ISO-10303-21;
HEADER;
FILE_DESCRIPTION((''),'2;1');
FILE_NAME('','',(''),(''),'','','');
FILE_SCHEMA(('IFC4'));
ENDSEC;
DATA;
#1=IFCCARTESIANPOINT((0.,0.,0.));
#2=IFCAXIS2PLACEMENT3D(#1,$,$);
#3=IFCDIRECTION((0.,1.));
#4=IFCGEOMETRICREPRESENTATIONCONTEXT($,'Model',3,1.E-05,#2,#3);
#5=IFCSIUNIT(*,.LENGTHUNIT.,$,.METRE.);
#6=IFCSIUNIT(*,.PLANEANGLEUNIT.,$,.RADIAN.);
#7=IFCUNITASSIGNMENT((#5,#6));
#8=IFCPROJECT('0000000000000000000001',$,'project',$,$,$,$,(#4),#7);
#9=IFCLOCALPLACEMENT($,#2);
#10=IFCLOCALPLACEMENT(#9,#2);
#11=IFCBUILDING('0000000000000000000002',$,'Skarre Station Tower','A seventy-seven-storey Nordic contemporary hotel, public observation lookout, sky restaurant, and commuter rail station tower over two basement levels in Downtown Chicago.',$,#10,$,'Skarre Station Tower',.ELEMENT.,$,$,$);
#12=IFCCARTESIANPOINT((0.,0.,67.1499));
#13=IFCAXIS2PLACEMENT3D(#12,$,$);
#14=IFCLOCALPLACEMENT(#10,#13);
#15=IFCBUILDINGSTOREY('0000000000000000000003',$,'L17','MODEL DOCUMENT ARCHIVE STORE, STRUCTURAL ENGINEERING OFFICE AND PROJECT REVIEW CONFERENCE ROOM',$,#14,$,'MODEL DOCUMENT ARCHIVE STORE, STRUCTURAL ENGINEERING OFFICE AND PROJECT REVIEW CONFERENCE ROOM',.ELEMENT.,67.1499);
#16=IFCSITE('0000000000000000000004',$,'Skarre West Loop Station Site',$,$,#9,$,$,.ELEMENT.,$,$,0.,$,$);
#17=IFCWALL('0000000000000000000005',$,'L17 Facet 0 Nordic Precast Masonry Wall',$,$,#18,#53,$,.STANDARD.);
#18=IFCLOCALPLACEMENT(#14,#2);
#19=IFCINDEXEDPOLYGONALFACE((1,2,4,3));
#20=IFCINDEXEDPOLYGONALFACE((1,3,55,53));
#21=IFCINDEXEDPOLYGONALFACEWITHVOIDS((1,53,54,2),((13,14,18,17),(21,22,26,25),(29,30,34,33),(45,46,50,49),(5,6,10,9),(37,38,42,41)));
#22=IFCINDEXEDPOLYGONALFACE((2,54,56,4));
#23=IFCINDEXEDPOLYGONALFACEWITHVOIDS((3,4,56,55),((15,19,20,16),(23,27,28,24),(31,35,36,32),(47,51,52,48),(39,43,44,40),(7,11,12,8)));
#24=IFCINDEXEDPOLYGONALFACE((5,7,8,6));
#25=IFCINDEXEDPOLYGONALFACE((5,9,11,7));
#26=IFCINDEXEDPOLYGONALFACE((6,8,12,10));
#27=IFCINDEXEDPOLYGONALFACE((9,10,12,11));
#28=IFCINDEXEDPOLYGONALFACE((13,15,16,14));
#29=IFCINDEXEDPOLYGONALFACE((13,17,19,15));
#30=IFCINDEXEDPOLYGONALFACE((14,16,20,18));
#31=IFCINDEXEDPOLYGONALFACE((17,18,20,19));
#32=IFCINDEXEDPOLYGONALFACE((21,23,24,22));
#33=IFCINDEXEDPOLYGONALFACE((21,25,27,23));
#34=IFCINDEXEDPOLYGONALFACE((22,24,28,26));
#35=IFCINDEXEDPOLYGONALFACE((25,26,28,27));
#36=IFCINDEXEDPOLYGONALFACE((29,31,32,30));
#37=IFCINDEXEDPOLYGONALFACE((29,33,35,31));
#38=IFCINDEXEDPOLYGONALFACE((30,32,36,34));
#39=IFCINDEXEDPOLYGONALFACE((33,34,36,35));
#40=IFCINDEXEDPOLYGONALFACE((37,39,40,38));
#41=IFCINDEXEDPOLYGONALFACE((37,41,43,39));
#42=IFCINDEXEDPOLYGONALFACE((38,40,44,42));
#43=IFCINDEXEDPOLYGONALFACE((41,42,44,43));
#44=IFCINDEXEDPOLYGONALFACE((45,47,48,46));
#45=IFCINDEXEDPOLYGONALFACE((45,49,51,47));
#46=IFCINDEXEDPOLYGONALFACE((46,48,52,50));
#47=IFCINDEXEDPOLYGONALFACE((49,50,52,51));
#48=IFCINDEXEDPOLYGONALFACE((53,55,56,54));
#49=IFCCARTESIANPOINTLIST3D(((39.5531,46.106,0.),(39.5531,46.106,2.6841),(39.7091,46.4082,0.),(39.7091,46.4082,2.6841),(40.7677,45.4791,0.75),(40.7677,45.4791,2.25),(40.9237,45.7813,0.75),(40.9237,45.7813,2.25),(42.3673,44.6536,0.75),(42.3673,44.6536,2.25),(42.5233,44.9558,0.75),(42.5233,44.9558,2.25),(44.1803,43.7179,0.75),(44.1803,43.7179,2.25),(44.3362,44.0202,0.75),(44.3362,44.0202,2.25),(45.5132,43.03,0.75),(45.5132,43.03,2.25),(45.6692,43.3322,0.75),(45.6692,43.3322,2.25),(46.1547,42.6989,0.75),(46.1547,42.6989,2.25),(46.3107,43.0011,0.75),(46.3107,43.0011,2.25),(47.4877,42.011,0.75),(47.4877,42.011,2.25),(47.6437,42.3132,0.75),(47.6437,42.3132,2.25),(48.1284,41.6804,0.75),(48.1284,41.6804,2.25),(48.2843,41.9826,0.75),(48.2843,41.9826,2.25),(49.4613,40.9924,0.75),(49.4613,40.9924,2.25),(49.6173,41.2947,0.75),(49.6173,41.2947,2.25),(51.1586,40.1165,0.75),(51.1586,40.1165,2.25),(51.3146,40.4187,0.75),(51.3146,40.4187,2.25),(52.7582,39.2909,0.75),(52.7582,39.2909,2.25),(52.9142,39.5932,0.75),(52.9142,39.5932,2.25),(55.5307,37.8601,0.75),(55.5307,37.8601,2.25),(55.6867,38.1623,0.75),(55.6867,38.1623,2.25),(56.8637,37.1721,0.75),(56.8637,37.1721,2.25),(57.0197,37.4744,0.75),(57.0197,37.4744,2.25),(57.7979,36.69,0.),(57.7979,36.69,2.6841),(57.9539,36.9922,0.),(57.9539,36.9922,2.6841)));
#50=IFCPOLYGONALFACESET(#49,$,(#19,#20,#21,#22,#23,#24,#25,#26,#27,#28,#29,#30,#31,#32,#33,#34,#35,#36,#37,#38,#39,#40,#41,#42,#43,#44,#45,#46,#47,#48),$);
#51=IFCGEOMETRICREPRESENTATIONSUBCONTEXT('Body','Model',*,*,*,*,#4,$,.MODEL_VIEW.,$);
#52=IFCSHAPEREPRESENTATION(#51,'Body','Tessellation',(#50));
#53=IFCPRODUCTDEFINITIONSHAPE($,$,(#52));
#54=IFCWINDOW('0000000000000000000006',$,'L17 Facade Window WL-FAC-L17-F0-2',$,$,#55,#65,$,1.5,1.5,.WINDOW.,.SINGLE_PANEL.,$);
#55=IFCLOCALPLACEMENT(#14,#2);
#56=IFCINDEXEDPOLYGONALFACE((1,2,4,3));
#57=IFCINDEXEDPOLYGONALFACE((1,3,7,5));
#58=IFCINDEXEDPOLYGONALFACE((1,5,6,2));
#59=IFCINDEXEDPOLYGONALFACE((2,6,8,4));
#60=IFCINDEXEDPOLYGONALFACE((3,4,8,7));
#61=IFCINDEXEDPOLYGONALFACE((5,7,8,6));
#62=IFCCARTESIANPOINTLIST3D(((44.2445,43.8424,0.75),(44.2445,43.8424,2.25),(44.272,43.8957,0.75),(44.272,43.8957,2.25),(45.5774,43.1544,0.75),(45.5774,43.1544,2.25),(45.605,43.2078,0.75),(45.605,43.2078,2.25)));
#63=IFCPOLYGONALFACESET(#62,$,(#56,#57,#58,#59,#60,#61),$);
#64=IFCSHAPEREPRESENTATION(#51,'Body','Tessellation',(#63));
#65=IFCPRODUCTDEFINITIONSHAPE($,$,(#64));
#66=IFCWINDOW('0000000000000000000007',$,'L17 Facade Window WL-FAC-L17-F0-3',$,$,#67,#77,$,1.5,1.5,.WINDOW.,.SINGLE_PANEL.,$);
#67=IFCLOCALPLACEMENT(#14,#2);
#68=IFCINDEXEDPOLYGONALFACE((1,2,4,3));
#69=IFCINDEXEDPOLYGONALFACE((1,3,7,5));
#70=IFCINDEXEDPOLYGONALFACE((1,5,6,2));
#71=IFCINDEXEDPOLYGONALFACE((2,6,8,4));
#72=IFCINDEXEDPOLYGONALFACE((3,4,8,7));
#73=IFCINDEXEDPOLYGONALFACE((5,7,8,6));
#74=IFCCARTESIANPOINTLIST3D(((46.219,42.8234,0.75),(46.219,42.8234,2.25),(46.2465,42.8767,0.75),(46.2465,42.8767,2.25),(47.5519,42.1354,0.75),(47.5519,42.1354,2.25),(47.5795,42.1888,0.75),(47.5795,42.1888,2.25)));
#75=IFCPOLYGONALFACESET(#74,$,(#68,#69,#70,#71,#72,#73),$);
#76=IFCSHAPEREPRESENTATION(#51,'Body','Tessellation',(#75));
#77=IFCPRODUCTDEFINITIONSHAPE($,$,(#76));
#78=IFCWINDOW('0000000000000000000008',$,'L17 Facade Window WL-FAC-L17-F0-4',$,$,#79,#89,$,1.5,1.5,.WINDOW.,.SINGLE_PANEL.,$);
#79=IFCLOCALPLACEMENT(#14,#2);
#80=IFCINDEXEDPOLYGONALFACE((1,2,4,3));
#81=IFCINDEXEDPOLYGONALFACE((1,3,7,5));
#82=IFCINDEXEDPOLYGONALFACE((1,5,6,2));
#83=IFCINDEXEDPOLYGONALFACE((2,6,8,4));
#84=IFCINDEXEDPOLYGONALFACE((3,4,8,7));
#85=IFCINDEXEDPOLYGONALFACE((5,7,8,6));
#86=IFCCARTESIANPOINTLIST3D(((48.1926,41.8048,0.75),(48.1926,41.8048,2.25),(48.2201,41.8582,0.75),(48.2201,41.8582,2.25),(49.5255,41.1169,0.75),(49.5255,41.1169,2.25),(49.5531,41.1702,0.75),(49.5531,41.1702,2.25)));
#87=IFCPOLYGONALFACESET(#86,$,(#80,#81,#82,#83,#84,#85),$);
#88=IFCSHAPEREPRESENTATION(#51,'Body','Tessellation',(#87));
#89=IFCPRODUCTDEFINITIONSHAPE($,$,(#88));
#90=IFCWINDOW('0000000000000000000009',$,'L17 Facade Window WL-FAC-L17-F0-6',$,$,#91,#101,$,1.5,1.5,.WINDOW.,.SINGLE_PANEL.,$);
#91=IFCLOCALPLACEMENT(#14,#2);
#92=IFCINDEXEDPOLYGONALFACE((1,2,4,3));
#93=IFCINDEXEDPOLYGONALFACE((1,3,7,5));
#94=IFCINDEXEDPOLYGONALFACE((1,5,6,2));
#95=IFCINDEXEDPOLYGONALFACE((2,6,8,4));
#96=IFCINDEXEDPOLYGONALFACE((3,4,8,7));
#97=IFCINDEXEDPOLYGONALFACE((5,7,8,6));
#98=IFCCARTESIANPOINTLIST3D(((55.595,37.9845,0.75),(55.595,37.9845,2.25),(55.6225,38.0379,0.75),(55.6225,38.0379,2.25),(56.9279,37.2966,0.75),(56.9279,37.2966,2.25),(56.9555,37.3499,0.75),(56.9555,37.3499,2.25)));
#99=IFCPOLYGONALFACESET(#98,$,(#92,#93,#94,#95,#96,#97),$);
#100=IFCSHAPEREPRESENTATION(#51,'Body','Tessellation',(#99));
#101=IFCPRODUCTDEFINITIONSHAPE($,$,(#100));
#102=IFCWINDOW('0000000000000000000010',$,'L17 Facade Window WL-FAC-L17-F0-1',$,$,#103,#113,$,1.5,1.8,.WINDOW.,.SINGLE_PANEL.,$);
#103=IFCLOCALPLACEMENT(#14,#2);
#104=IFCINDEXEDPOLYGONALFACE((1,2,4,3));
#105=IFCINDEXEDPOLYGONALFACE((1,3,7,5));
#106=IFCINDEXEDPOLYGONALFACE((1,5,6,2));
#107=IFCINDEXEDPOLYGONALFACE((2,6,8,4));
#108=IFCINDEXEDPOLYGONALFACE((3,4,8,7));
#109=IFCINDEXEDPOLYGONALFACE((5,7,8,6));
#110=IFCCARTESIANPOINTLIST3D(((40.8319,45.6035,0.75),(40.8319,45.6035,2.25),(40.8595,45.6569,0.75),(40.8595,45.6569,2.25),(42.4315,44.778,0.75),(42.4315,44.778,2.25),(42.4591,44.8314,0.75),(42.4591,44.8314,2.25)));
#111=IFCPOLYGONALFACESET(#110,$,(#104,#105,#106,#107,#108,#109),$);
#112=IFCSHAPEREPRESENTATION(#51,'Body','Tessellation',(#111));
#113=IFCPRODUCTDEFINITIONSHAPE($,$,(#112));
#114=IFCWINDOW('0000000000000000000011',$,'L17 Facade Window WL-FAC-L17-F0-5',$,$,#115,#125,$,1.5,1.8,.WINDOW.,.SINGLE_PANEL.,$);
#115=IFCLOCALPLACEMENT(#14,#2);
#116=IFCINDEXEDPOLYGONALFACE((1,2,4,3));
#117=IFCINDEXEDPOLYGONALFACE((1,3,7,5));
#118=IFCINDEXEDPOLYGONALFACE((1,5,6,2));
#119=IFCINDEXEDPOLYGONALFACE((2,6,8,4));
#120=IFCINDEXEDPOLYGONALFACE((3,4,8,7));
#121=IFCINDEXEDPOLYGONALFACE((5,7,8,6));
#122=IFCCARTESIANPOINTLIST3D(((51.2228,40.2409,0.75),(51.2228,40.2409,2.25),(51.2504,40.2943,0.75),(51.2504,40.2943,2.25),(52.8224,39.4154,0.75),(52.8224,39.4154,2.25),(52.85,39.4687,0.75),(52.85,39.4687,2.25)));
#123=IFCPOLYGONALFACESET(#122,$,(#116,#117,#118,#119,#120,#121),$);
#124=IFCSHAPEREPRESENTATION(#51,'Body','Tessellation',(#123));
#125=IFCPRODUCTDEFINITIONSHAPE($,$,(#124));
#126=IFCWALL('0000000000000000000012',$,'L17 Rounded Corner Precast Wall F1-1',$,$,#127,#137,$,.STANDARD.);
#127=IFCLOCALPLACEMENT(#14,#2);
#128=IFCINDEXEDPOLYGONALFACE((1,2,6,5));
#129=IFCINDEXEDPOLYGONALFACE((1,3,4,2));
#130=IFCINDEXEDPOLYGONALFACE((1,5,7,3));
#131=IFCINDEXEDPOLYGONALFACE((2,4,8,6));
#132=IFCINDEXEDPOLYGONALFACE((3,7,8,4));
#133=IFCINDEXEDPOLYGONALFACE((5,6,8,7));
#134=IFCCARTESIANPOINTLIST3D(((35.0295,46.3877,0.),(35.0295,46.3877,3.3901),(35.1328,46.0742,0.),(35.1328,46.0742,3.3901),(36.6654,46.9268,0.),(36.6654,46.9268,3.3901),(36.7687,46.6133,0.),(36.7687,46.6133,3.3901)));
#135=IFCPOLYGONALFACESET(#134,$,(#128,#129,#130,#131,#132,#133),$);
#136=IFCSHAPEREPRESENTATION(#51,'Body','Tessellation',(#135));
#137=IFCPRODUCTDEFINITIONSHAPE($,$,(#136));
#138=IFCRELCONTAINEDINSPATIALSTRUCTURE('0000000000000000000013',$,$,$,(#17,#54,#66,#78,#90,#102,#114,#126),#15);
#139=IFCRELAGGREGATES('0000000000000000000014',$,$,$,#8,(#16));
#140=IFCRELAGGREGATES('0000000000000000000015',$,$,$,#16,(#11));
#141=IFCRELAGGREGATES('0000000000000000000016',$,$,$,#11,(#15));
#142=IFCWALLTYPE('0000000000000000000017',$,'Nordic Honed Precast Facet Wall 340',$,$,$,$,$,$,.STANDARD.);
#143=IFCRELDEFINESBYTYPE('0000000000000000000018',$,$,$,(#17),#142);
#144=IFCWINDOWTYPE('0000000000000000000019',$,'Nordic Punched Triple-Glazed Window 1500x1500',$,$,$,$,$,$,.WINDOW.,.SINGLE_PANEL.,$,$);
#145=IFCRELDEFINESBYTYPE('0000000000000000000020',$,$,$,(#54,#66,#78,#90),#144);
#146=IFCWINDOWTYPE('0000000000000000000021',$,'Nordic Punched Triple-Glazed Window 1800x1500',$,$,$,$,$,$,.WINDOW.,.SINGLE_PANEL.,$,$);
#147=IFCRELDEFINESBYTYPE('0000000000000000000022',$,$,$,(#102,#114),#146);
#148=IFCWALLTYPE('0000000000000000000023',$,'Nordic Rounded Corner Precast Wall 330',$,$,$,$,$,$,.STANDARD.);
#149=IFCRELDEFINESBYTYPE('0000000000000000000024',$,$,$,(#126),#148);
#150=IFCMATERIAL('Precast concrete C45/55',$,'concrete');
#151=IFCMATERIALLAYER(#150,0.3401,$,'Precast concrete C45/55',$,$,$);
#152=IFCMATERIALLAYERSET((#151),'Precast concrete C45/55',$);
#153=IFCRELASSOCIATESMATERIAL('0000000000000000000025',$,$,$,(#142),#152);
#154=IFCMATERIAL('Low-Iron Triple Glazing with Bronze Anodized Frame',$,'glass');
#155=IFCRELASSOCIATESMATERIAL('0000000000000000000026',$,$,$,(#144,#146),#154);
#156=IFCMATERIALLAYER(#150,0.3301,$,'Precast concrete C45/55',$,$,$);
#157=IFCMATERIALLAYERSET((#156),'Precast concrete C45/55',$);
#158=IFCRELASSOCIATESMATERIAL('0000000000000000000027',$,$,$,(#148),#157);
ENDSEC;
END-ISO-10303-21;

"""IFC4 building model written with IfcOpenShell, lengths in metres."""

from ifc_helpers import new_model, si_unit, direction, frame, frame_2d, origin, place, context, subcontext, project, spatial, rectangle, extrude, material, layer, layer_set, type_object, element, fill, save


model = new_model("IFC4")

# Units and contexts
model_context = context("Model", 3, precision=1e-05, world=origin(), true_north=direction((0.0, 1.0)))
body_context = subcontext(model_context, "Body", "Model", "MODEL_VIEW")
ifc_project = project(units=[si_unit("LENGTHUNIT", "METRE"), si_unit("PLANEANGLEUNIT", "RADIAN")], contexts=[model_context])

# Site, building, storey
site_placement = place(None, origin())
site = spatial("IfcSite", under=ifc_project, at=site_placement, Name="Skarre West Loop Station Site", CompositionType="ELEMENT", RefElevation=0.0)
building_placement = place(site_placement, origin())
building = spatial("IfcBuilding", under=site, at=building_placement, Name="Skarre Station Tower", Description="A seventy-seven-storey Nordic contemporary hotel, public observation lookout, sky restaurant, and commuter rail station tower over two basement levels in Downtown Chicago.", LongName="Skarre Station Tower", CompositionType="ELEMENT")
storey_placement = place(building_placement, frame((0.0, 0.0, 67.1499)))
storey = spatial("IfcBuildingStorey", under=building, at=storey_placement, Name="L17", Description="MODEL DOCUMENT ARCHIVE STORE, STRUCTURAL ENGINEERING OFFICE AND PROJECT REVIEW CONFERENCE ROOM", LongName="MODEL DOCUMENT ARCHIVE STORE, STRUCTURAL ENGINEERING OFFICE AND PROJECT REVIEW CONFERENCE ROOM", CompositionType="ELEMENT", Elevation=67.1499)

# Wall, openings, windows
ifc_material_1 = material(Name="Precast concrete C45/55", Category="concrete")
ifc_layer_1 = layer(ifc_material_1, 0.3401, Name="Precast concrete C45/55")
ifc_layer_set_1 = layer_set([ifc_layer_1], Name="Precast concrete C45/55")
wall_type_1 = type_object("IfcWallType", Name="Nordic Honed Precast Facet Wall 340", PredefinedType="STANDARD", material=ifc_layer_set_1)
wall_1_placement = place(storey_placement, frame((39.6311, 46.2571, 0.0), z_axis=(0.0, 0.0, 1.0), x_axis=(0.888634, -0.458616, 0.0)))
wall_1 = element("IfcWall", 1, at=wall_1_placement, inside=storey, type_object=wall_type_1, Name="L17 Facet 0 Nordic Precast Masonry Wall", PredefinedType="STANDARD", context=body_context, shape_type="SweptSolid", body=[
    extrude(rectangle(XDim=20.5312, YDim=0.3401, at=frame_2d((10.2656, 0.0))), origin(), (0.0, 0.0, 1.0), 2.6841),
])
opening_1_placement = place(wall_1_placement, frame((1.3669, 0.0, 0.75)))
opening_1 = element("IfcOpeningElement", 2, at=opening_1_placement, cuts=wall_1, PredefinedType="OPENING", context=body_context, shape_type="SweptSolid", body=[
    extrude(rectangle(XDim=1.8, YDim=1.5, at=frame_2d((0.8999, 0.75))), frame((0.0, 0.1799, 0.0), z_axis=(0.0, -1.0, 0.0), x_axis=(1.0, 0.0, 0.0)), (0.0, 0.0, 1.0), 0.3601),
])
opening_2_placement = place(wall_1_placement, frame((5.207, 0.0, 0.75)))
opening_2 = element("IfcOpeningElement", 3, at=opening_2_placement, cuts=wall_1, PredefinedType="OPENING", context=body_context, shape_type="SweptSolid", body=[
    extrude(rectangle(XDim=1.5, YDim=1.5, at=frame_2d((0.75, 0.75))), frame((0.0, 0.1799, 0.0), z_axis=(0.0, -1.0, 0.0), x_axis=(1.0, 0.0, 0.0)), (0.0, 0.0, 1.0), 0.3601),
])
opening_3_placement = place(wall_1_placement, frame((7.429, 0.0, 0.75)))
opening_3 = element("IfcOpeningElement", 4, at=opening_3_placement, cuts=wall_1, PredefinedType="OPENING", context=body_context, shape_type="SweptSolid", body=[
    extrude(rectangle(XDim=1.5, YDim=1.5, at=frame_2d((0.75, 0.75))), frame((0.0, 0.1799, 0.0), z_axis=(0.0, -1.0, 0.0), x_axis=(1.0, 0.0, 0.0)), (0.0, 0.0, 1.0), 0.3601),
])
opening_4_placement = place(wall_1_placement, frame((9.6499, 0.0, 0.75)))
opening_4 = element("IfcOpeningElement", 5, at=opening_4_placement, cuts=wall_1, PredefinedType="OPENING", context=body_context, shape_type="SweptSolid", body=[
    extrude(rectangle(XDim=1.5, YDim=1.5, at=frame_2d((0.75, 0.75))), frame((0.0, 0.1799, 0.0), z_axis=(0.0, -1.0, 0.0), x_axis=(1.0, 0.0, 0.0)), (0.0, 0.0, 1.0), 0.3601),
])
opening_5_placement = place(wall_1_placement, frame((13.0601, 0.0, 0.75)))
opening_5 = element("IfcOpeningElement", 6, at=opening_5_placement, cuts=wall_1, PredefinedType="OPENING", context=body_context, shape_type="SweptSolid", body=[
    extrude(rectangle(XDim=1.8, YDim=1.5, at=frame_2d((0.8999, 0.75))), frame((0.0, 0.1799, 0.0), z_axis=(0.0, -1.0, 0.0), x_axis=(1.0, 0.0, 0.0)), (0.0, 0.0, 1.0), 0.3601),
])
opening_6_placement = place(wall_1_placement, frame((17.98, 0.0, 0.75)))
opening_6 = element("IfcOpeningElement", 7, at=opening_6_placement, cuts=wall_1, PredefinedType="OPENING", context=body_context, shape_type="SweptSolid", body=[
    extrude(rectangle(XDim=1.5, YDim=1.5, at=frame_2d((0.75, 0.75))), frame((0.0, 0.1799, 0.0), z_axis=(0.0, -1.0, 0.0), x_axis=(1.0, 0.0, 0.0)), (0.0, 0.0, 1.0), 0.3601),
])
ifc_material_2 = material(Name="Low-Iron Triple Glazing with Bronze Anodized Frame", Category="glass")
window_type_1 = type_object("IfcWindowType", Name="Nordic Punched Triple-Glazed Window 1500x1500", PartitioningType="SINGLE_PANEL", PredefinedType="WINDOW", material=ifc_material_2)
window_1_placement = place(opening_2_placement, origin())
window_1 = element("IfcWindow", 8, at=window_1_placement, inside=storey, type_object=window_type_1, Name="L17 Facade Window WL-FAC-L17-F0-2", OverallHeight=1.5, OverallWidth=1.5, PartitioningType="SINGLE_PANEL", PredefinedType="WINDOW", context=body_context, shape_type="SweptSolid", body=[
    extrude(rectangle(XDim=1.5, YDim=1.5, at=frame_2d((0.75, 0.75))), frame((0.0, 0.03, 0.0), z_axis=(0.0, -1.0, 0.0), x_axis=(1.0, 0.0, 0.0)), (0.0, 0.0, 1.0), 0.0601),
])
fill(opening_2, window_1)
window_2_placement = place(opening_3_placement, origin())
window_2 = element("IfcWindow", 9, at=window_2_placement, inside=storey, type_object=window_type_1, Name="L17 Facade Window WL-FAC-L17-F0-3", OverallHeight=1.5, OverallWidth=1.5, PartitioningType="SINGLE_PANEL", PredefinedType="WINDOW", context=body_context, shape_type="SweptSolid", body=[
    extrude(rectangle(XDim=1.5, YDim=1.5, at=frame_2d((0.75, 0.75))), frame((0.0, 0.03, 0.0), z_axis=(0.0, -1.0, 0.0), x_axis=(1.0, 0.0, 0.0)), (0.0, 0.0, 1.0), 0.0601),
])
fill(opening_3, window_2)
window_3_placement = place(opening_4_placement, origin())
window_3 = element("IfcWindow", 10, at=window_3_placement, inside=storey, type_object=window_type_1, Name="L17 Facade Window WL-FAC-L17-F0-4", OverallHeight=1.5, OverallWidth=1.5, PartitioningType="SINGLE_PANEL", PredefinedType="WINDOW", context=body_context, shape_type="SweptSolid", body=[
    extrude(rectangle(XDim=1.5, YDim=1.5, at=frame_2d((0.75, 0.75))), frame((0.0, 0.03, 0.0), z_axis=(0.0, -1.0, 0.0), x_axis=(1.0, 0.0, 0.0)), (0.0, 0.0, 1.0), 0.0601),
])
fill(opening_4, window_3)
window_4_placement = place(opening_6_placement, origin())
window_4 = element("IfcWindow", 11, at=window_4_placement, inside=storey, type_object=window_type_1, Name="L17 Facade Window WL-FAC-L17-F0-6", OverallHeight=1.5, OverallWidth=1.5, PartitioningType="SINGLE_PANEL", PredefinedType="WINDOW", context=body_context, shape_type="SweptSolid", body=[
    extrude(rectangle(XDim=1.5, YDim=1.5, at=frame_2d((0.75, 0.75))), frame((0.0, 0.03, 0.0), z_axis=(0.0, -1.0, 0.0), x_axis=(1.0, 0.0, 0.0)), (0.0, 0.0, 1.0), 0.0601),
])
fill(opening_6, window_4)
window_type_2 = type_object("IfcWindowType", Name="Nordic Punched Triple-Glazed Window 1800x1500", PartitioningType="SINGLE_PANEL", PredefinedType="WINDOW", material=ifc_material_2)
window_5_placement = place(opening_1_placement, origin())
window_5 = element("IfcWindow", 12, at=window_5_placement, inside=storey, type_object=window_type_2, Name="L17 Facade Window WL-FAC-L17-F0-1", OverallHeight=1.5, OverallWidth=1.8, PartitioningType="SINGLE_PANEL", PredefinedType="WINDOW", context=body_context, shape_type="SweptSolid", body=[
    extrude(rectangle(XDim=1.8, YDim=1.5, at=frame_2d((0.8999, 0.75))), frame((0.0, 0.03, 0.0), z_axis=(0.0, -1.0, 0.0), x_axis=(1.0, 0.0, 0.0)), (0.0, 0.0, 1.0), 0.0601),
])
fill(opening_1, window_5)
window_6_placement = place(opening_5_placement, origin())
window_6 = element("IfcWindow", 13, at=window_6_placement, inside=storey, type_object=window_type_2, Name="L17 Facade Window WL-FAC-L17-F0-5", OverallHeight=1.5, OverallWidth=1.8, PartitioningType="SINGLE_PANEL", PredefinedType="WINDOW", context=body_context, shape_type="SweptSolid", body=[
    extrude(rectangle(XDim=1.8, YDim=1.5, at=frame_2d((0.8999, 0.75))), frame((0.0, 0.03, 0.0), z_axis=(0.0, -1.0, 0.0), x_axis=(1.0, 0.0, 0.0)), (0.0, 0.0, 1.0), 0.0601),
])
fill(opening_5, window_6)

# Wall
ifc_layer_2 = layer(ifc_material_1, 0.3301, Name="Precast concrete C45/55")
ifc_layer_set_2 = layer_set([ifc_layer_2], Name="Precast concrete C45/55")
wall_type_2 = type_object("IfcWallType", Name="Nordic Rounded Corner Precast Wall 330", PredefinedType="STANDARD", material=ifc_layer_set_2)
wall_2_placement = place(storey_placement, frame((35.0811, 46.231, 0.0), z_axis=(0.0, 0.0, 1.0), x_axis=(0.949769, 0.312952, 0.0)))
element("IfcWall", 14, at=wall_2_placement, inside=storey, type_object=wall_type_2, Name="L17 Rounded Corner Precast Wall F1-1", PredefinedType="STANDARD", context=body_context, shape_type="SweptSolid", body=[
    extrude(rectangle(XDim=1.7224, YDim=0.3301, at=frame_2d((0.8613, 0.0))), origin(), (0.0, 0.0, 1.0), 3.3901),
])

save(model, "model.ifc")
